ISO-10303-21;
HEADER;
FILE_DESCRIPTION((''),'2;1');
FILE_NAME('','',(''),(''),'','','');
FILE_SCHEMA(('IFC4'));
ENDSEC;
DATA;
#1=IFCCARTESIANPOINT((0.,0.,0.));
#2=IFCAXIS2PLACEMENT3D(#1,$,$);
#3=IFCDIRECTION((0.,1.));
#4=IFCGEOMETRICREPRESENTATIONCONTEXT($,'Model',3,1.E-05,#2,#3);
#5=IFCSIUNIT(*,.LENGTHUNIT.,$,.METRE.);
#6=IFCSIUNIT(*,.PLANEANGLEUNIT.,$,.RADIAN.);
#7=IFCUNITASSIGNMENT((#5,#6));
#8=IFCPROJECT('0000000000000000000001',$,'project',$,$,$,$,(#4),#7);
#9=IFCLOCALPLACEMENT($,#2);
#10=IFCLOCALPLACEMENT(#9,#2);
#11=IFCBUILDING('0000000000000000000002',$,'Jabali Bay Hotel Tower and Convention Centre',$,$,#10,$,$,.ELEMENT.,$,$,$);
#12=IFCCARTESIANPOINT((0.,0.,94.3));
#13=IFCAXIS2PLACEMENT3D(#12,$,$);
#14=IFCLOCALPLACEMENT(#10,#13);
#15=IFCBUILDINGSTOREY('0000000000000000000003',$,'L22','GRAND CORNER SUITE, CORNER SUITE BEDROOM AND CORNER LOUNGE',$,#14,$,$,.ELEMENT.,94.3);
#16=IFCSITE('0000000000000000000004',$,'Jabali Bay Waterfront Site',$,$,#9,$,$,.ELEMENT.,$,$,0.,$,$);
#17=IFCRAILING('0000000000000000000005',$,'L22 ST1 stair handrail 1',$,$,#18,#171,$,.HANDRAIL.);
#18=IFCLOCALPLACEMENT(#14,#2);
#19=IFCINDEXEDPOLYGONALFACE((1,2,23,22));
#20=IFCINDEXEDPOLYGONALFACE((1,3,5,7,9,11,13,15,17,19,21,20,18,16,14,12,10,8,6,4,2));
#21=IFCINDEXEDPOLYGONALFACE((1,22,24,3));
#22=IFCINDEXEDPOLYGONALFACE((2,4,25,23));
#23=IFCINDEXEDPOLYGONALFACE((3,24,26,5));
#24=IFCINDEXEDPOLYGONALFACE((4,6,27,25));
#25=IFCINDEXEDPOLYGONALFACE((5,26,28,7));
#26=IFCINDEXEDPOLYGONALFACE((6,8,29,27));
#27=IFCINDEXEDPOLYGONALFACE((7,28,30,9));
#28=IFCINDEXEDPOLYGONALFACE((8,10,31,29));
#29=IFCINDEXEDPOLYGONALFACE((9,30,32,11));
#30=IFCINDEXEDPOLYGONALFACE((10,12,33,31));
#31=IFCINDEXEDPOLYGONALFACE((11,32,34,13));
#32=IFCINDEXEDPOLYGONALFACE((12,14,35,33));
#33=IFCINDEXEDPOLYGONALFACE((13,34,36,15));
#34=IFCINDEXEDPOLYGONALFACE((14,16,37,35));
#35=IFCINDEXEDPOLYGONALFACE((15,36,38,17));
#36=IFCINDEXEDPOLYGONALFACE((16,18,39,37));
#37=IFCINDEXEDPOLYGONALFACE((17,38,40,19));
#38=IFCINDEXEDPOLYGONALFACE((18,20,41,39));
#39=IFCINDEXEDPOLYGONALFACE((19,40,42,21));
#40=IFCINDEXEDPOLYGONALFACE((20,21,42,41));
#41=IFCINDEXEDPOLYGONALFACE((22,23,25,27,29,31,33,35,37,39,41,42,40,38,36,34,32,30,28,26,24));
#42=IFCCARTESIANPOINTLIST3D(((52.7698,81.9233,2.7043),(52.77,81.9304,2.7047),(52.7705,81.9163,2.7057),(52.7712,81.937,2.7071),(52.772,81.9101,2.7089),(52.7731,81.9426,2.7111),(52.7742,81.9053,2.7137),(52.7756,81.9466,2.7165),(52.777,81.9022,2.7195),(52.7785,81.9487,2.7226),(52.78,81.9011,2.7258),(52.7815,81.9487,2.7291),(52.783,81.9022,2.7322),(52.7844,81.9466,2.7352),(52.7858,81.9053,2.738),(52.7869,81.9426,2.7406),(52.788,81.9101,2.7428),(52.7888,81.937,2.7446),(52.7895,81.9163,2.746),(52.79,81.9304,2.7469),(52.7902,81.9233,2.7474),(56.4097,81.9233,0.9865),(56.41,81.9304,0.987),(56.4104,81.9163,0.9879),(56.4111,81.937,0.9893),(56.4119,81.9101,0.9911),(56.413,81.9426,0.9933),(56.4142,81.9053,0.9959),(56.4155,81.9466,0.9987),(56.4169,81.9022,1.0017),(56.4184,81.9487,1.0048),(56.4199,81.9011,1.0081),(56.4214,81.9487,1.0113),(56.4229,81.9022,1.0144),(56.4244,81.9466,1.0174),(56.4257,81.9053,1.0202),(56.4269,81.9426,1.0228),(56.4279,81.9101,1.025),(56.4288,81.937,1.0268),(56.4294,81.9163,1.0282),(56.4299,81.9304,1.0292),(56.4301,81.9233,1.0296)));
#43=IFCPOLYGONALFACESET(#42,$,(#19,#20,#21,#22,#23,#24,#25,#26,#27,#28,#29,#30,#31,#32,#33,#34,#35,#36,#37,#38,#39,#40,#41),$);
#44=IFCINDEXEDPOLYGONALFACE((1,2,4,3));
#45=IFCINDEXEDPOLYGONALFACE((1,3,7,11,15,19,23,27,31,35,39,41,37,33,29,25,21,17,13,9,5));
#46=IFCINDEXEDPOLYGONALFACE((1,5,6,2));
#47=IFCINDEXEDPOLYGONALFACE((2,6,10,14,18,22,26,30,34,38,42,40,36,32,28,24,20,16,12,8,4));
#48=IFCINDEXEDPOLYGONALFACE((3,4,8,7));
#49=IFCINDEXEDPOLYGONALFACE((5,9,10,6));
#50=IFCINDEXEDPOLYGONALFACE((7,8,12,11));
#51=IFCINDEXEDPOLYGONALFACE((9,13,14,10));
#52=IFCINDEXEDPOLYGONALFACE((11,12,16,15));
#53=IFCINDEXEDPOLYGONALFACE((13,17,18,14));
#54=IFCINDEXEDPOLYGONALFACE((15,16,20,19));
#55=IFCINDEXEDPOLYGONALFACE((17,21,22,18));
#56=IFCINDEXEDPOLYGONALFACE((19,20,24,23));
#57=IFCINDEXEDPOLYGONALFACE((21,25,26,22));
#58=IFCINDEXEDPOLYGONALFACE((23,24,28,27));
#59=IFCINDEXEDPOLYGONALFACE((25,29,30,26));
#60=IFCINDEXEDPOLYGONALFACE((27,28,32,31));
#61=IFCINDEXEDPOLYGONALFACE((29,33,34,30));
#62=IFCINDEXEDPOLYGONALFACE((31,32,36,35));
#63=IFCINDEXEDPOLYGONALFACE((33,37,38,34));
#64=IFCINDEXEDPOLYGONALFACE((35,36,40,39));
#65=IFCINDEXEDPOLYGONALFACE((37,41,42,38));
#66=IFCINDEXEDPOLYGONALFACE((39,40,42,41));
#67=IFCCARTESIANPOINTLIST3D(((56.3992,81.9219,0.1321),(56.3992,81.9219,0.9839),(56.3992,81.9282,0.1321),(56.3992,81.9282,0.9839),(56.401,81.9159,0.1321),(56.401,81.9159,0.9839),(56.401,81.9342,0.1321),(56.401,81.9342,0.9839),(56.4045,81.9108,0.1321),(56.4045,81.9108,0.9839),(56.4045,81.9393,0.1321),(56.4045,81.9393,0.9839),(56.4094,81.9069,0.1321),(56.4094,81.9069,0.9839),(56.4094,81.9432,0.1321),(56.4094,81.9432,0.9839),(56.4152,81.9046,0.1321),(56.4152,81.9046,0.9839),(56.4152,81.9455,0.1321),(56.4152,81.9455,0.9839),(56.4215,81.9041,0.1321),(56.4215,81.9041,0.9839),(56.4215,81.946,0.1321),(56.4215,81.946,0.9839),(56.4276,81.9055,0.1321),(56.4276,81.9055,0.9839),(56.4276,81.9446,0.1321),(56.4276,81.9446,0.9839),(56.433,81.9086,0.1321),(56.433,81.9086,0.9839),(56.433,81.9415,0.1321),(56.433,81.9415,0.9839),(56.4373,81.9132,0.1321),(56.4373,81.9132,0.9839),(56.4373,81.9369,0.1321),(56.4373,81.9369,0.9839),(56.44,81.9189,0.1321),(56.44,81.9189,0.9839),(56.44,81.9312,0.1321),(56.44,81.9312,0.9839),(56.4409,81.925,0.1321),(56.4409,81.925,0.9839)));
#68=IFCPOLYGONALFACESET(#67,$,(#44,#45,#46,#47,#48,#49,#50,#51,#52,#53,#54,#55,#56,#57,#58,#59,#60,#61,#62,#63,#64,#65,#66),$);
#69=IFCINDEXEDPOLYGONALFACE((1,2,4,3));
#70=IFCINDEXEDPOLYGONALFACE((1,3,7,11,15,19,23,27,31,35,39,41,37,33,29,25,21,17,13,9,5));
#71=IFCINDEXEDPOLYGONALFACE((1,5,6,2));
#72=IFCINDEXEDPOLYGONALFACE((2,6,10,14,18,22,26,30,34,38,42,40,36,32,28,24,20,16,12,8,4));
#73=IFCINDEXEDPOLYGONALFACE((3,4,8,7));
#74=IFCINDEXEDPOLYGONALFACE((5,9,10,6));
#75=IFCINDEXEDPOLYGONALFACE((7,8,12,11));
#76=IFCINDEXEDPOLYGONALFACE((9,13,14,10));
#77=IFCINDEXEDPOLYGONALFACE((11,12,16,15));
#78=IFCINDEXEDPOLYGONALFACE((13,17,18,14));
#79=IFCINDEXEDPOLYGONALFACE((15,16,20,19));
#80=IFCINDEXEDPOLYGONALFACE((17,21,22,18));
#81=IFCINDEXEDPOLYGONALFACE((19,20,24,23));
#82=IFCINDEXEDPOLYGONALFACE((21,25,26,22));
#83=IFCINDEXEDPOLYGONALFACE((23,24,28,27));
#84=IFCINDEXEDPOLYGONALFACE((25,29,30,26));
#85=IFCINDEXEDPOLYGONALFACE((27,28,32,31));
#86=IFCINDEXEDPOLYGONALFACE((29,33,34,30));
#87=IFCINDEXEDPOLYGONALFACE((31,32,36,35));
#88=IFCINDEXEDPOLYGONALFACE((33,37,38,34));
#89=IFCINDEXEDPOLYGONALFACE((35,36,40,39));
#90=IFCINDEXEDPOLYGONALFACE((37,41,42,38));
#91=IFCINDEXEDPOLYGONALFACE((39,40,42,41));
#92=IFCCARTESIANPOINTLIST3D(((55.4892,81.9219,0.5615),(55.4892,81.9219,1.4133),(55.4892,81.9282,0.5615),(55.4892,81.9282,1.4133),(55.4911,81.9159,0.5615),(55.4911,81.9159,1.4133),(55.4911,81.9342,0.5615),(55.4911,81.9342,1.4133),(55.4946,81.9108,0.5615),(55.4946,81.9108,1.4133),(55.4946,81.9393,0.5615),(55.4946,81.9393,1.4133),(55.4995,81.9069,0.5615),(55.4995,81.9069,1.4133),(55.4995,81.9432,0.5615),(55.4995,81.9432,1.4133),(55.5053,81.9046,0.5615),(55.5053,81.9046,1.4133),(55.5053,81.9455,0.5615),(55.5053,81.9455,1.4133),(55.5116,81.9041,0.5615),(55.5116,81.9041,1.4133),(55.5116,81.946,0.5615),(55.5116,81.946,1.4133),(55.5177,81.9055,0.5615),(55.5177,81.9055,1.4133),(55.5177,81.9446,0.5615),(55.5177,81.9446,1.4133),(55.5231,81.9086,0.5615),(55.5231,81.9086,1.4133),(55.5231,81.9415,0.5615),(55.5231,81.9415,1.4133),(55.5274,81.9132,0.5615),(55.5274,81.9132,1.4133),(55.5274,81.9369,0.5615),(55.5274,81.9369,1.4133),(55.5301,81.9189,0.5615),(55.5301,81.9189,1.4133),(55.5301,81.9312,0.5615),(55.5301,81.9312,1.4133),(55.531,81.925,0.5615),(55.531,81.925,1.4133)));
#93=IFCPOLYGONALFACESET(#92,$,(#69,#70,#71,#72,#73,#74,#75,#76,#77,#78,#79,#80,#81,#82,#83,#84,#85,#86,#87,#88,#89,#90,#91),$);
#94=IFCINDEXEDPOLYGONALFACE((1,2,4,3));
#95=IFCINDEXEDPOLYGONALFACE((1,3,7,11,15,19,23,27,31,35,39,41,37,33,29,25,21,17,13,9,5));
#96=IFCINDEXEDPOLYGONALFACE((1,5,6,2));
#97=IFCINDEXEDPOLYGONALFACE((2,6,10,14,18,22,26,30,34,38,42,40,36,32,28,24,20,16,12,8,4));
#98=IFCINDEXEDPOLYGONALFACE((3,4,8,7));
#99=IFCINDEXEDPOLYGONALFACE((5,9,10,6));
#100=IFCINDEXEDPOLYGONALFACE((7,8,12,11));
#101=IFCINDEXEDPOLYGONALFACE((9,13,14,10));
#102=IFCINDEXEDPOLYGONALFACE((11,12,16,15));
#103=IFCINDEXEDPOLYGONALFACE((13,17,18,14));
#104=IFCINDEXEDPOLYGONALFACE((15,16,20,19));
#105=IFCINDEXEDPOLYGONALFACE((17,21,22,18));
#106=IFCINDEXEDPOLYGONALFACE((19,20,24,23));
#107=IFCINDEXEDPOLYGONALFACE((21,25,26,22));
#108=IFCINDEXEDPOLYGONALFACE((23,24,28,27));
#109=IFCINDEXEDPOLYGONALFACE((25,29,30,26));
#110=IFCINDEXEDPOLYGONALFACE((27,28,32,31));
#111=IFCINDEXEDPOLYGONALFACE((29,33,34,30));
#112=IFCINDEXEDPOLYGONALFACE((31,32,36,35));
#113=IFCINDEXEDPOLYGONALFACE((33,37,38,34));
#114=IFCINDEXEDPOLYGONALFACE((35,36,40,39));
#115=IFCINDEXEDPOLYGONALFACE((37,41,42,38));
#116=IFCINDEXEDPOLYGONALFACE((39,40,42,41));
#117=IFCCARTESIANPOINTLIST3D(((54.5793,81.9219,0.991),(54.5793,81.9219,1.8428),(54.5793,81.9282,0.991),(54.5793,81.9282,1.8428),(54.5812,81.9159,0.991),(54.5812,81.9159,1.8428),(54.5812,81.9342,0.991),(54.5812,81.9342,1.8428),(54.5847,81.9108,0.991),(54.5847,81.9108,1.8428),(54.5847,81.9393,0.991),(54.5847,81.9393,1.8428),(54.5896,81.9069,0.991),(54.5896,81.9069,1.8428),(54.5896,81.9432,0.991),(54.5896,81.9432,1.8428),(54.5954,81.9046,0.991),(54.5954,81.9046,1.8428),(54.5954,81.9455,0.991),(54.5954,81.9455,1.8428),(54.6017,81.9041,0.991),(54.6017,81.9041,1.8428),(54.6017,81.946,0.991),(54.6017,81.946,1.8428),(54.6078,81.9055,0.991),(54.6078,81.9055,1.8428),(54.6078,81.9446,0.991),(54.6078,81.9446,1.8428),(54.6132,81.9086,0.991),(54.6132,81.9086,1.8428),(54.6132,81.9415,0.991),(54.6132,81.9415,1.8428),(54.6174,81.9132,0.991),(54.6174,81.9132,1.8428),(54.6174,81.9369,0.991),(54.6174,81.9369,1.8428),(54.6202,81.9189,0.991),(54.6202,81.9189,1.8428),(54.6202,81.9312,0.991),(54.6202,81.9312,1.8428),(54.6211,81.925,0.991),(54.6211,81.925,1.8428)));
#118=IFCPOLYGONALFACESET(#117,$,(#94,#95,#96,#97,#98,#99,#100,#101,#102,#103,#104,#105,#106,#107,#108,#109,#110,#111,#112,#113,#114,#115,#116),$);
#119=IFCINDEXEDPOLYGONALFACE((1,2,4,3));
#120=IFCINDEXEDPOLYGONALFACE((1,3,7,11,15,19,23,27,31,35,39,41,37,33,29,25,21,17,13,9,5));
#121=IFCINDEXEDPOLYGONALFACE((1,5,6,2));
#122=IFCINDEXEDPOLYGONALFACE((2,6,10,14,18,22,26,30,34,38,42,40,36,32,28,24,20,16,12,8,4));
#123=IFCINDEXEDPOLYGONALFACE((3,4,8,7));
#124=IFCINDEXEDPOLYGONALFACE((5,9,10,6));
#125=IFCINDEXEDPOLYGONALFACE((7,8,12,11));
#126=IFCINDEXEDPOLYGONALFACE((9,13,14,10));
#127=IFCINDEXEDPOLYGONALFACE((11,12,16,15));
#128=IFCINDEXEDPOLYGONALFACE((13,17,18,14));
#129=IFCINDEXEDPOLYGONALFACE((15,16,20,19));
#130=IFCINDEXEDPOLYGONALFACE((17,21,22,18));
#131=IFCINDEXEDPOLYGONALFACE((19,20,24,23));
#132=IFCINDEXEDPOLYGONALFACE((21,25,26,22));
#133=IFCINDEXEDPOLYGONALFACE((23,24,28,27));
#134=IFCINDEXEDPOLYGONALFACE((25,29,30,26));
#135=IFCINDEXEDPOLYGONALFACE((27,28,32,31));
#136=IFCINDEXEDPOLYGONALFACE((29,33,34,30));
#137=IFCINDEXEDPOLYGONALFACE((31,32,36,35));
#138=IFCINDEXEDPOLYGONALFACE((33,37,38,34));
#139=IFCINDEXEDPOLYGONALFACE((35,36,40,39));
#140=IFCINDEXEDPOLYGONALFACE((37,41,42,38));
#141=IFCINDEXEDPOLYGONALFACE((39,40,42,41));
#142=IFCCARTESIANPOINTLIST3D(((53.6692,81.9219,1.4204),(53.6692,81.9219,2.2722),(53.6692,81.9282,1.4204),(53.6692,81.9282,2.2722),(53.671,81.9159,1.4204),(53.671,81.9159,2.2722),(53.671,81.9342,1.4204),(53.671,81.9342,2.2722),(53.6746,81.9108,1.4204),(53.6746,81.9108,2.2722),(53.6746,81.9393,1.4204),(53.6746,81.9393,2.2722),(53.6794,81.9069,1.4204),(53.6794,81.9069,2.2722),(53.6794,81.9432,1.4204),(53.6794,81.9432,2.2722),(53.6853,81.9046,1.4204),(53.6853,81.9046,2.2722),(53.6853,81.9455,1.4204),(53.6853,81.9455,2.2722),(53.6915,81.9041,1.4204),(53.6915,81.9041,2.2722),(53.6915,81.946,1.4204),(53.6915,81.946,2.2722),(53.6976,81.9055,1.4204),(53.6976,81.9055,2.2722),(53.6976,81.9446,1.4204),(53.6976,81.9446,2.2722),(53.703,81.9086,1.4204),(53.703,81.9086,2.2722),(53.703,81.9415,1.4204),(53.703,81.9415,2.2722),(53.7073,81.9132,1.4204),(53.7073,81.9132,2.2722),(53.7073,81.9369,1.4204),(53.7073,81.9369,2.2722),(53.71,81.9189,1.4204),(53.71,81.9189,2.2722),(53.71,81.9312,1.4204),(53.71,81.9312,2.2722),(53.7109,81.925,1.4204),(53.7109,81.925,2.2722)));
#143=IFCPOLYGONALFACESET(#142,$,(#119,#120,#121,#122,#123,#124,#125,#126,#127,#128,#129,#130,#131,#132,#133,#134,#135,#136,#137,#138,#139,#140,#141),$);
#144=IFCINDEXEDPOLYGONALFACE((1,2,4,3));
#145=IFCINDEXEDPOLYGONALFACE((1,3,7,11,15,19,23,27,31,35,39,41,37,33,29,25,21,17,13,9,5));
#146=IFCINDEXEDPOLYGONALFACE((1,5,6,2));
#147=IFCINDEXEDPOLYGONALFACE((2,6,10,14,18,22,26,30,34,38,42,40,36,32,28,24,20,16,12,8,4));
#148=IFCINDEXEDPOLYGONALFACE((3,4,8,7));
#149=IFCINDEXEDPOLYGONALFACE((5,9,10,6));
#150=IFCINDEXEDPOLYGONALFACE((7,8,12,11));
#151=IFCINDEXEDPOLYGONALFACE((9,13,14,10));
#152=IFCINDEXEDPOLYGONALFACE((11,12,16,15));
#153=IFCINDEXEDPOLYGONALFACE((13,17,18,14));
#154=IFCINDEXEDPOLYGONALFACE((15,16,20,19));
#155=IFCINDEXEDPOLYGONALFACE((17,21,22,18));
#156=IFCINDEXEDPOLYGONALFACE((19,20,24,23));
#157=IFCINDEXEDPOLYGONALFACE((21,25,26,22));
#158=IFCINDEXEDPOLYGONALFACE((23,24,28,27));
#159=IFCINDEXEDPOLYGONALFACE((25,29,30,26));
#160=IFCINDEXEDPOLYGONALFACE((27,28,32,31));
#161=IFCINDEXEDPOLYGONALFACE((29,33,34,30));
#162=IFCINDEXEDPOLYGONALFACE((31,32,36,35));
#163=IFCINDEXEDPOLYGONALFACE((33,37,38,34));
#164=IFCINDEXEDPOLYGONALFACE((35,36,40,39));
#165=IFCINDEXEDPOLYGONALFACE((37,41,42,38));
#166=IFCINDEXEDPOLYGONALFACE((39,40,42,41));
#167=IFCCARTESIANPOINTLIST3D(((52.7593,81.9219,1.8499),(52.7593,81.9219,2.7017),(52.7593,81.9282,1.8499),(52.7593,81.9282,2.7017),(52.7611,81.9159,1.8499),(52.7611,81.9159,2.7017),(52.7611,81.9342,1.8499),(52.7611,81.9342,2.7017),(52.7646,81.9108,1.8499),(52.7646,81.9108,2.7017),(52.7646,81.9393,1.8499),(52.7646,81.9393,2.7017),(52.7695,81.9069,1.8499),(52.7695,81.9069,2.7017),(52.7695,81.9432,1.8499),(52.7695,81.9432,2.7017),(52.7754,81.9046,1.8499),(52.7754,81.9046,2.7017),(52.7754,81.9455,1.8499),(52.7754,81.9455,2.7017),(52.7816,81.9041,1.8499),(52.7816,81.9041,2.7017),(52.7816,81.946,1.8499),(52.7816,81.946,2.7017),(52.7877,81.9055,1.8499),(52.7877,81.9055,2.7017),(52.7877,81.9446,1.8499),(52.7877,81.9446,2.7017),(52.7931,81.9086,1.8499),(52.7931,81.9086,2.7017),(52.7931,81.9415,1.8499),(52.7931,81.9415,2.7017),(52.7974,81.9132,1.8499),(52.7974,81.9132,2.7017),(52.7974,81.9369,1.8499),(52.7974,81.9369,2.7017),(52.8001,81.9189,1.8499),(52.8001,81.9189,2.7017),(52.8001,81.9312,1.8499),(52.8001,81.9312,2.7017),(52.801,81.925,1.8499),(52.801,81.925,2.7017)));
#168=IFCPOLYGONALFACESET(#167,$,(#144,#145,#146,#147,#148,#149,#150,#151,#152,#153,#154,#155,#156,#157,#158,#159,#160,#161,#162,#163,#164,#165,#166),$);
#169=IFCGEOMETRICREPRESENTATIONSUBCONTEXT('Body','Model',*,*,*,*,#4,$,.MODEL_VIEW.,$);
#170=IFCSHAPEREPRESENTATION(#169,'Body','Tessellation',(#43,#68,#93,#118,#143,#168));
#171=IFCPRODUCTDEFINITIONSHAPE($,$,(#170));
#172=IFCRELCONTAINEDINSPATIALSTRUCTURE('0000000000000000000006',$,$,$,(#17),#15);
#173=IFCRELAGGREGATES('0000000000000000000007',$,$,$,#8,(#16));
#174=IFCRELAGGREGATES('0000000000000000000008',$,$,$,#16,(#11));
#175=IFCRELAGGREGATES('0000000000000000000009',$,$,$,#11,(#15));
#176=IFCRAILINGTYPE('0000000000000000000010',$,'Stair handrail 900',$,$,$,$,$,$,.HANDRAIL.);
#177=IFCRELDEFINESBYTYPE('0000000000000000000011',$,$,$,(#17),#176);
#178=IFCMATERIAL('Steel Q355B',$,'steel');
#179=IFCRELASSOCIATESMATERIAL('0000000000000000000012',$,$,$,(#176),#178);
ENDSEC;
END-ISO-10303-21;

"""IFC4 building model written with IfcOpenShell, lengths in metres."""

from ifc_helpers import new_model, si_unit, direction, frame, origin, origin_2d, place, context, subcontext, project, spatial, circle, extrude, material, type_object, element, save


model = new_model("IFC4")

# Units and contexts
model_context = context("Model", 3, precision=1e-05, world=origin(), true_north=direction((0.0, 1.0)))
body_context = subcontext(model_context, "Body", "Model", "MODEL_VIEW")
ifc_project = project(units=[si_unit("LENGTHUNIT", "METRE"), si_unit("PLANEANGLEUNIT", "RADIAN")], contexts=[model_context])

# Site, building, storey
site_placement = place(None, origin())
site = spatial("IfcSite", under=ifc_project, at=site_placement, Name="Jabali Bay Waterfront Site", CompositionType="ELEMENT", RefElevation=0.0)
building_placement = place(site_placement, origin())
building = spatial("IfcBuilding", under=site, at=building_placement, Name="Jabali Bay Hotel Tower and Convention Centre", CompositionType="ELEMENT")
storey_placement = place(building_placement, frame((0.0, 0.0, 94.3)))
storey = spatial("IfcBuildingStorey", under=building, at=storey_placement, Name="L22", Description="GRAND CORNER SUITE, CORNER SUITE BEDROOM AND CORNER LOUNGE", CompositionType="ELEMENT", Elevation=94.3)

# Railing
ifc_material_1 = material(Name="Steel Q355B", Category="steel")
railing_type_1 = type_object("IfcRailingType", Name="Stair handrail 900", PredefinedType="HANDRAIL", material=ifc_material_1)
railing_1_placement = place(storey_placement, frame((56.4199, 81.925, 0.1321)))
element("IfcRailing", 1, at=railing_1_placement, inside=storey, type_object=railing_type_1, Name="L22 ST1 stair handrail 1", PredefinedType="HANDRAIL", context=body_context, shape_type="SweptSolid", body=[
    extrude(circle(Radius=0.0239, at=origin_2d()), frame((0.0, 0.0, 0.876), z_axis=(-0.904351, 0.0, 0.42679), x_axis=(0.0, -1.0, 0.0)), (0.0, 0.0, 1.0), 4.0249),
    extrude(circle(Radius=0.021, at=origin_2d()), origin(), (0.0, 0.0, 1.0), 0.8518),
    extrude(circle(Radius=0.021, at=origin_2d()), frame((-0.9099, 0.0, 0.4294)), (0.0, 0.0, 1.0), 0.8518),
    extrude(circle(Radius=0.021, at=origin_2d()), frame((-1.8198, 0.0, 0.8589)), (0.0, 0.0, 1.0), 0.8518),
    extrude(circle(Radius=0.021, at=origin_2d()), frame((-2.73, 0.0, 1.2883)), (0.0, 0.0, 1.0), 0.8518),
    extrude(circle(Radius=0.021, at=origin_2d()), frame((-3.6399, 0.0, 1.7178)), (0.0, 0.0, 1.0), 0.8518),
])

save(model, "model.ifc")
